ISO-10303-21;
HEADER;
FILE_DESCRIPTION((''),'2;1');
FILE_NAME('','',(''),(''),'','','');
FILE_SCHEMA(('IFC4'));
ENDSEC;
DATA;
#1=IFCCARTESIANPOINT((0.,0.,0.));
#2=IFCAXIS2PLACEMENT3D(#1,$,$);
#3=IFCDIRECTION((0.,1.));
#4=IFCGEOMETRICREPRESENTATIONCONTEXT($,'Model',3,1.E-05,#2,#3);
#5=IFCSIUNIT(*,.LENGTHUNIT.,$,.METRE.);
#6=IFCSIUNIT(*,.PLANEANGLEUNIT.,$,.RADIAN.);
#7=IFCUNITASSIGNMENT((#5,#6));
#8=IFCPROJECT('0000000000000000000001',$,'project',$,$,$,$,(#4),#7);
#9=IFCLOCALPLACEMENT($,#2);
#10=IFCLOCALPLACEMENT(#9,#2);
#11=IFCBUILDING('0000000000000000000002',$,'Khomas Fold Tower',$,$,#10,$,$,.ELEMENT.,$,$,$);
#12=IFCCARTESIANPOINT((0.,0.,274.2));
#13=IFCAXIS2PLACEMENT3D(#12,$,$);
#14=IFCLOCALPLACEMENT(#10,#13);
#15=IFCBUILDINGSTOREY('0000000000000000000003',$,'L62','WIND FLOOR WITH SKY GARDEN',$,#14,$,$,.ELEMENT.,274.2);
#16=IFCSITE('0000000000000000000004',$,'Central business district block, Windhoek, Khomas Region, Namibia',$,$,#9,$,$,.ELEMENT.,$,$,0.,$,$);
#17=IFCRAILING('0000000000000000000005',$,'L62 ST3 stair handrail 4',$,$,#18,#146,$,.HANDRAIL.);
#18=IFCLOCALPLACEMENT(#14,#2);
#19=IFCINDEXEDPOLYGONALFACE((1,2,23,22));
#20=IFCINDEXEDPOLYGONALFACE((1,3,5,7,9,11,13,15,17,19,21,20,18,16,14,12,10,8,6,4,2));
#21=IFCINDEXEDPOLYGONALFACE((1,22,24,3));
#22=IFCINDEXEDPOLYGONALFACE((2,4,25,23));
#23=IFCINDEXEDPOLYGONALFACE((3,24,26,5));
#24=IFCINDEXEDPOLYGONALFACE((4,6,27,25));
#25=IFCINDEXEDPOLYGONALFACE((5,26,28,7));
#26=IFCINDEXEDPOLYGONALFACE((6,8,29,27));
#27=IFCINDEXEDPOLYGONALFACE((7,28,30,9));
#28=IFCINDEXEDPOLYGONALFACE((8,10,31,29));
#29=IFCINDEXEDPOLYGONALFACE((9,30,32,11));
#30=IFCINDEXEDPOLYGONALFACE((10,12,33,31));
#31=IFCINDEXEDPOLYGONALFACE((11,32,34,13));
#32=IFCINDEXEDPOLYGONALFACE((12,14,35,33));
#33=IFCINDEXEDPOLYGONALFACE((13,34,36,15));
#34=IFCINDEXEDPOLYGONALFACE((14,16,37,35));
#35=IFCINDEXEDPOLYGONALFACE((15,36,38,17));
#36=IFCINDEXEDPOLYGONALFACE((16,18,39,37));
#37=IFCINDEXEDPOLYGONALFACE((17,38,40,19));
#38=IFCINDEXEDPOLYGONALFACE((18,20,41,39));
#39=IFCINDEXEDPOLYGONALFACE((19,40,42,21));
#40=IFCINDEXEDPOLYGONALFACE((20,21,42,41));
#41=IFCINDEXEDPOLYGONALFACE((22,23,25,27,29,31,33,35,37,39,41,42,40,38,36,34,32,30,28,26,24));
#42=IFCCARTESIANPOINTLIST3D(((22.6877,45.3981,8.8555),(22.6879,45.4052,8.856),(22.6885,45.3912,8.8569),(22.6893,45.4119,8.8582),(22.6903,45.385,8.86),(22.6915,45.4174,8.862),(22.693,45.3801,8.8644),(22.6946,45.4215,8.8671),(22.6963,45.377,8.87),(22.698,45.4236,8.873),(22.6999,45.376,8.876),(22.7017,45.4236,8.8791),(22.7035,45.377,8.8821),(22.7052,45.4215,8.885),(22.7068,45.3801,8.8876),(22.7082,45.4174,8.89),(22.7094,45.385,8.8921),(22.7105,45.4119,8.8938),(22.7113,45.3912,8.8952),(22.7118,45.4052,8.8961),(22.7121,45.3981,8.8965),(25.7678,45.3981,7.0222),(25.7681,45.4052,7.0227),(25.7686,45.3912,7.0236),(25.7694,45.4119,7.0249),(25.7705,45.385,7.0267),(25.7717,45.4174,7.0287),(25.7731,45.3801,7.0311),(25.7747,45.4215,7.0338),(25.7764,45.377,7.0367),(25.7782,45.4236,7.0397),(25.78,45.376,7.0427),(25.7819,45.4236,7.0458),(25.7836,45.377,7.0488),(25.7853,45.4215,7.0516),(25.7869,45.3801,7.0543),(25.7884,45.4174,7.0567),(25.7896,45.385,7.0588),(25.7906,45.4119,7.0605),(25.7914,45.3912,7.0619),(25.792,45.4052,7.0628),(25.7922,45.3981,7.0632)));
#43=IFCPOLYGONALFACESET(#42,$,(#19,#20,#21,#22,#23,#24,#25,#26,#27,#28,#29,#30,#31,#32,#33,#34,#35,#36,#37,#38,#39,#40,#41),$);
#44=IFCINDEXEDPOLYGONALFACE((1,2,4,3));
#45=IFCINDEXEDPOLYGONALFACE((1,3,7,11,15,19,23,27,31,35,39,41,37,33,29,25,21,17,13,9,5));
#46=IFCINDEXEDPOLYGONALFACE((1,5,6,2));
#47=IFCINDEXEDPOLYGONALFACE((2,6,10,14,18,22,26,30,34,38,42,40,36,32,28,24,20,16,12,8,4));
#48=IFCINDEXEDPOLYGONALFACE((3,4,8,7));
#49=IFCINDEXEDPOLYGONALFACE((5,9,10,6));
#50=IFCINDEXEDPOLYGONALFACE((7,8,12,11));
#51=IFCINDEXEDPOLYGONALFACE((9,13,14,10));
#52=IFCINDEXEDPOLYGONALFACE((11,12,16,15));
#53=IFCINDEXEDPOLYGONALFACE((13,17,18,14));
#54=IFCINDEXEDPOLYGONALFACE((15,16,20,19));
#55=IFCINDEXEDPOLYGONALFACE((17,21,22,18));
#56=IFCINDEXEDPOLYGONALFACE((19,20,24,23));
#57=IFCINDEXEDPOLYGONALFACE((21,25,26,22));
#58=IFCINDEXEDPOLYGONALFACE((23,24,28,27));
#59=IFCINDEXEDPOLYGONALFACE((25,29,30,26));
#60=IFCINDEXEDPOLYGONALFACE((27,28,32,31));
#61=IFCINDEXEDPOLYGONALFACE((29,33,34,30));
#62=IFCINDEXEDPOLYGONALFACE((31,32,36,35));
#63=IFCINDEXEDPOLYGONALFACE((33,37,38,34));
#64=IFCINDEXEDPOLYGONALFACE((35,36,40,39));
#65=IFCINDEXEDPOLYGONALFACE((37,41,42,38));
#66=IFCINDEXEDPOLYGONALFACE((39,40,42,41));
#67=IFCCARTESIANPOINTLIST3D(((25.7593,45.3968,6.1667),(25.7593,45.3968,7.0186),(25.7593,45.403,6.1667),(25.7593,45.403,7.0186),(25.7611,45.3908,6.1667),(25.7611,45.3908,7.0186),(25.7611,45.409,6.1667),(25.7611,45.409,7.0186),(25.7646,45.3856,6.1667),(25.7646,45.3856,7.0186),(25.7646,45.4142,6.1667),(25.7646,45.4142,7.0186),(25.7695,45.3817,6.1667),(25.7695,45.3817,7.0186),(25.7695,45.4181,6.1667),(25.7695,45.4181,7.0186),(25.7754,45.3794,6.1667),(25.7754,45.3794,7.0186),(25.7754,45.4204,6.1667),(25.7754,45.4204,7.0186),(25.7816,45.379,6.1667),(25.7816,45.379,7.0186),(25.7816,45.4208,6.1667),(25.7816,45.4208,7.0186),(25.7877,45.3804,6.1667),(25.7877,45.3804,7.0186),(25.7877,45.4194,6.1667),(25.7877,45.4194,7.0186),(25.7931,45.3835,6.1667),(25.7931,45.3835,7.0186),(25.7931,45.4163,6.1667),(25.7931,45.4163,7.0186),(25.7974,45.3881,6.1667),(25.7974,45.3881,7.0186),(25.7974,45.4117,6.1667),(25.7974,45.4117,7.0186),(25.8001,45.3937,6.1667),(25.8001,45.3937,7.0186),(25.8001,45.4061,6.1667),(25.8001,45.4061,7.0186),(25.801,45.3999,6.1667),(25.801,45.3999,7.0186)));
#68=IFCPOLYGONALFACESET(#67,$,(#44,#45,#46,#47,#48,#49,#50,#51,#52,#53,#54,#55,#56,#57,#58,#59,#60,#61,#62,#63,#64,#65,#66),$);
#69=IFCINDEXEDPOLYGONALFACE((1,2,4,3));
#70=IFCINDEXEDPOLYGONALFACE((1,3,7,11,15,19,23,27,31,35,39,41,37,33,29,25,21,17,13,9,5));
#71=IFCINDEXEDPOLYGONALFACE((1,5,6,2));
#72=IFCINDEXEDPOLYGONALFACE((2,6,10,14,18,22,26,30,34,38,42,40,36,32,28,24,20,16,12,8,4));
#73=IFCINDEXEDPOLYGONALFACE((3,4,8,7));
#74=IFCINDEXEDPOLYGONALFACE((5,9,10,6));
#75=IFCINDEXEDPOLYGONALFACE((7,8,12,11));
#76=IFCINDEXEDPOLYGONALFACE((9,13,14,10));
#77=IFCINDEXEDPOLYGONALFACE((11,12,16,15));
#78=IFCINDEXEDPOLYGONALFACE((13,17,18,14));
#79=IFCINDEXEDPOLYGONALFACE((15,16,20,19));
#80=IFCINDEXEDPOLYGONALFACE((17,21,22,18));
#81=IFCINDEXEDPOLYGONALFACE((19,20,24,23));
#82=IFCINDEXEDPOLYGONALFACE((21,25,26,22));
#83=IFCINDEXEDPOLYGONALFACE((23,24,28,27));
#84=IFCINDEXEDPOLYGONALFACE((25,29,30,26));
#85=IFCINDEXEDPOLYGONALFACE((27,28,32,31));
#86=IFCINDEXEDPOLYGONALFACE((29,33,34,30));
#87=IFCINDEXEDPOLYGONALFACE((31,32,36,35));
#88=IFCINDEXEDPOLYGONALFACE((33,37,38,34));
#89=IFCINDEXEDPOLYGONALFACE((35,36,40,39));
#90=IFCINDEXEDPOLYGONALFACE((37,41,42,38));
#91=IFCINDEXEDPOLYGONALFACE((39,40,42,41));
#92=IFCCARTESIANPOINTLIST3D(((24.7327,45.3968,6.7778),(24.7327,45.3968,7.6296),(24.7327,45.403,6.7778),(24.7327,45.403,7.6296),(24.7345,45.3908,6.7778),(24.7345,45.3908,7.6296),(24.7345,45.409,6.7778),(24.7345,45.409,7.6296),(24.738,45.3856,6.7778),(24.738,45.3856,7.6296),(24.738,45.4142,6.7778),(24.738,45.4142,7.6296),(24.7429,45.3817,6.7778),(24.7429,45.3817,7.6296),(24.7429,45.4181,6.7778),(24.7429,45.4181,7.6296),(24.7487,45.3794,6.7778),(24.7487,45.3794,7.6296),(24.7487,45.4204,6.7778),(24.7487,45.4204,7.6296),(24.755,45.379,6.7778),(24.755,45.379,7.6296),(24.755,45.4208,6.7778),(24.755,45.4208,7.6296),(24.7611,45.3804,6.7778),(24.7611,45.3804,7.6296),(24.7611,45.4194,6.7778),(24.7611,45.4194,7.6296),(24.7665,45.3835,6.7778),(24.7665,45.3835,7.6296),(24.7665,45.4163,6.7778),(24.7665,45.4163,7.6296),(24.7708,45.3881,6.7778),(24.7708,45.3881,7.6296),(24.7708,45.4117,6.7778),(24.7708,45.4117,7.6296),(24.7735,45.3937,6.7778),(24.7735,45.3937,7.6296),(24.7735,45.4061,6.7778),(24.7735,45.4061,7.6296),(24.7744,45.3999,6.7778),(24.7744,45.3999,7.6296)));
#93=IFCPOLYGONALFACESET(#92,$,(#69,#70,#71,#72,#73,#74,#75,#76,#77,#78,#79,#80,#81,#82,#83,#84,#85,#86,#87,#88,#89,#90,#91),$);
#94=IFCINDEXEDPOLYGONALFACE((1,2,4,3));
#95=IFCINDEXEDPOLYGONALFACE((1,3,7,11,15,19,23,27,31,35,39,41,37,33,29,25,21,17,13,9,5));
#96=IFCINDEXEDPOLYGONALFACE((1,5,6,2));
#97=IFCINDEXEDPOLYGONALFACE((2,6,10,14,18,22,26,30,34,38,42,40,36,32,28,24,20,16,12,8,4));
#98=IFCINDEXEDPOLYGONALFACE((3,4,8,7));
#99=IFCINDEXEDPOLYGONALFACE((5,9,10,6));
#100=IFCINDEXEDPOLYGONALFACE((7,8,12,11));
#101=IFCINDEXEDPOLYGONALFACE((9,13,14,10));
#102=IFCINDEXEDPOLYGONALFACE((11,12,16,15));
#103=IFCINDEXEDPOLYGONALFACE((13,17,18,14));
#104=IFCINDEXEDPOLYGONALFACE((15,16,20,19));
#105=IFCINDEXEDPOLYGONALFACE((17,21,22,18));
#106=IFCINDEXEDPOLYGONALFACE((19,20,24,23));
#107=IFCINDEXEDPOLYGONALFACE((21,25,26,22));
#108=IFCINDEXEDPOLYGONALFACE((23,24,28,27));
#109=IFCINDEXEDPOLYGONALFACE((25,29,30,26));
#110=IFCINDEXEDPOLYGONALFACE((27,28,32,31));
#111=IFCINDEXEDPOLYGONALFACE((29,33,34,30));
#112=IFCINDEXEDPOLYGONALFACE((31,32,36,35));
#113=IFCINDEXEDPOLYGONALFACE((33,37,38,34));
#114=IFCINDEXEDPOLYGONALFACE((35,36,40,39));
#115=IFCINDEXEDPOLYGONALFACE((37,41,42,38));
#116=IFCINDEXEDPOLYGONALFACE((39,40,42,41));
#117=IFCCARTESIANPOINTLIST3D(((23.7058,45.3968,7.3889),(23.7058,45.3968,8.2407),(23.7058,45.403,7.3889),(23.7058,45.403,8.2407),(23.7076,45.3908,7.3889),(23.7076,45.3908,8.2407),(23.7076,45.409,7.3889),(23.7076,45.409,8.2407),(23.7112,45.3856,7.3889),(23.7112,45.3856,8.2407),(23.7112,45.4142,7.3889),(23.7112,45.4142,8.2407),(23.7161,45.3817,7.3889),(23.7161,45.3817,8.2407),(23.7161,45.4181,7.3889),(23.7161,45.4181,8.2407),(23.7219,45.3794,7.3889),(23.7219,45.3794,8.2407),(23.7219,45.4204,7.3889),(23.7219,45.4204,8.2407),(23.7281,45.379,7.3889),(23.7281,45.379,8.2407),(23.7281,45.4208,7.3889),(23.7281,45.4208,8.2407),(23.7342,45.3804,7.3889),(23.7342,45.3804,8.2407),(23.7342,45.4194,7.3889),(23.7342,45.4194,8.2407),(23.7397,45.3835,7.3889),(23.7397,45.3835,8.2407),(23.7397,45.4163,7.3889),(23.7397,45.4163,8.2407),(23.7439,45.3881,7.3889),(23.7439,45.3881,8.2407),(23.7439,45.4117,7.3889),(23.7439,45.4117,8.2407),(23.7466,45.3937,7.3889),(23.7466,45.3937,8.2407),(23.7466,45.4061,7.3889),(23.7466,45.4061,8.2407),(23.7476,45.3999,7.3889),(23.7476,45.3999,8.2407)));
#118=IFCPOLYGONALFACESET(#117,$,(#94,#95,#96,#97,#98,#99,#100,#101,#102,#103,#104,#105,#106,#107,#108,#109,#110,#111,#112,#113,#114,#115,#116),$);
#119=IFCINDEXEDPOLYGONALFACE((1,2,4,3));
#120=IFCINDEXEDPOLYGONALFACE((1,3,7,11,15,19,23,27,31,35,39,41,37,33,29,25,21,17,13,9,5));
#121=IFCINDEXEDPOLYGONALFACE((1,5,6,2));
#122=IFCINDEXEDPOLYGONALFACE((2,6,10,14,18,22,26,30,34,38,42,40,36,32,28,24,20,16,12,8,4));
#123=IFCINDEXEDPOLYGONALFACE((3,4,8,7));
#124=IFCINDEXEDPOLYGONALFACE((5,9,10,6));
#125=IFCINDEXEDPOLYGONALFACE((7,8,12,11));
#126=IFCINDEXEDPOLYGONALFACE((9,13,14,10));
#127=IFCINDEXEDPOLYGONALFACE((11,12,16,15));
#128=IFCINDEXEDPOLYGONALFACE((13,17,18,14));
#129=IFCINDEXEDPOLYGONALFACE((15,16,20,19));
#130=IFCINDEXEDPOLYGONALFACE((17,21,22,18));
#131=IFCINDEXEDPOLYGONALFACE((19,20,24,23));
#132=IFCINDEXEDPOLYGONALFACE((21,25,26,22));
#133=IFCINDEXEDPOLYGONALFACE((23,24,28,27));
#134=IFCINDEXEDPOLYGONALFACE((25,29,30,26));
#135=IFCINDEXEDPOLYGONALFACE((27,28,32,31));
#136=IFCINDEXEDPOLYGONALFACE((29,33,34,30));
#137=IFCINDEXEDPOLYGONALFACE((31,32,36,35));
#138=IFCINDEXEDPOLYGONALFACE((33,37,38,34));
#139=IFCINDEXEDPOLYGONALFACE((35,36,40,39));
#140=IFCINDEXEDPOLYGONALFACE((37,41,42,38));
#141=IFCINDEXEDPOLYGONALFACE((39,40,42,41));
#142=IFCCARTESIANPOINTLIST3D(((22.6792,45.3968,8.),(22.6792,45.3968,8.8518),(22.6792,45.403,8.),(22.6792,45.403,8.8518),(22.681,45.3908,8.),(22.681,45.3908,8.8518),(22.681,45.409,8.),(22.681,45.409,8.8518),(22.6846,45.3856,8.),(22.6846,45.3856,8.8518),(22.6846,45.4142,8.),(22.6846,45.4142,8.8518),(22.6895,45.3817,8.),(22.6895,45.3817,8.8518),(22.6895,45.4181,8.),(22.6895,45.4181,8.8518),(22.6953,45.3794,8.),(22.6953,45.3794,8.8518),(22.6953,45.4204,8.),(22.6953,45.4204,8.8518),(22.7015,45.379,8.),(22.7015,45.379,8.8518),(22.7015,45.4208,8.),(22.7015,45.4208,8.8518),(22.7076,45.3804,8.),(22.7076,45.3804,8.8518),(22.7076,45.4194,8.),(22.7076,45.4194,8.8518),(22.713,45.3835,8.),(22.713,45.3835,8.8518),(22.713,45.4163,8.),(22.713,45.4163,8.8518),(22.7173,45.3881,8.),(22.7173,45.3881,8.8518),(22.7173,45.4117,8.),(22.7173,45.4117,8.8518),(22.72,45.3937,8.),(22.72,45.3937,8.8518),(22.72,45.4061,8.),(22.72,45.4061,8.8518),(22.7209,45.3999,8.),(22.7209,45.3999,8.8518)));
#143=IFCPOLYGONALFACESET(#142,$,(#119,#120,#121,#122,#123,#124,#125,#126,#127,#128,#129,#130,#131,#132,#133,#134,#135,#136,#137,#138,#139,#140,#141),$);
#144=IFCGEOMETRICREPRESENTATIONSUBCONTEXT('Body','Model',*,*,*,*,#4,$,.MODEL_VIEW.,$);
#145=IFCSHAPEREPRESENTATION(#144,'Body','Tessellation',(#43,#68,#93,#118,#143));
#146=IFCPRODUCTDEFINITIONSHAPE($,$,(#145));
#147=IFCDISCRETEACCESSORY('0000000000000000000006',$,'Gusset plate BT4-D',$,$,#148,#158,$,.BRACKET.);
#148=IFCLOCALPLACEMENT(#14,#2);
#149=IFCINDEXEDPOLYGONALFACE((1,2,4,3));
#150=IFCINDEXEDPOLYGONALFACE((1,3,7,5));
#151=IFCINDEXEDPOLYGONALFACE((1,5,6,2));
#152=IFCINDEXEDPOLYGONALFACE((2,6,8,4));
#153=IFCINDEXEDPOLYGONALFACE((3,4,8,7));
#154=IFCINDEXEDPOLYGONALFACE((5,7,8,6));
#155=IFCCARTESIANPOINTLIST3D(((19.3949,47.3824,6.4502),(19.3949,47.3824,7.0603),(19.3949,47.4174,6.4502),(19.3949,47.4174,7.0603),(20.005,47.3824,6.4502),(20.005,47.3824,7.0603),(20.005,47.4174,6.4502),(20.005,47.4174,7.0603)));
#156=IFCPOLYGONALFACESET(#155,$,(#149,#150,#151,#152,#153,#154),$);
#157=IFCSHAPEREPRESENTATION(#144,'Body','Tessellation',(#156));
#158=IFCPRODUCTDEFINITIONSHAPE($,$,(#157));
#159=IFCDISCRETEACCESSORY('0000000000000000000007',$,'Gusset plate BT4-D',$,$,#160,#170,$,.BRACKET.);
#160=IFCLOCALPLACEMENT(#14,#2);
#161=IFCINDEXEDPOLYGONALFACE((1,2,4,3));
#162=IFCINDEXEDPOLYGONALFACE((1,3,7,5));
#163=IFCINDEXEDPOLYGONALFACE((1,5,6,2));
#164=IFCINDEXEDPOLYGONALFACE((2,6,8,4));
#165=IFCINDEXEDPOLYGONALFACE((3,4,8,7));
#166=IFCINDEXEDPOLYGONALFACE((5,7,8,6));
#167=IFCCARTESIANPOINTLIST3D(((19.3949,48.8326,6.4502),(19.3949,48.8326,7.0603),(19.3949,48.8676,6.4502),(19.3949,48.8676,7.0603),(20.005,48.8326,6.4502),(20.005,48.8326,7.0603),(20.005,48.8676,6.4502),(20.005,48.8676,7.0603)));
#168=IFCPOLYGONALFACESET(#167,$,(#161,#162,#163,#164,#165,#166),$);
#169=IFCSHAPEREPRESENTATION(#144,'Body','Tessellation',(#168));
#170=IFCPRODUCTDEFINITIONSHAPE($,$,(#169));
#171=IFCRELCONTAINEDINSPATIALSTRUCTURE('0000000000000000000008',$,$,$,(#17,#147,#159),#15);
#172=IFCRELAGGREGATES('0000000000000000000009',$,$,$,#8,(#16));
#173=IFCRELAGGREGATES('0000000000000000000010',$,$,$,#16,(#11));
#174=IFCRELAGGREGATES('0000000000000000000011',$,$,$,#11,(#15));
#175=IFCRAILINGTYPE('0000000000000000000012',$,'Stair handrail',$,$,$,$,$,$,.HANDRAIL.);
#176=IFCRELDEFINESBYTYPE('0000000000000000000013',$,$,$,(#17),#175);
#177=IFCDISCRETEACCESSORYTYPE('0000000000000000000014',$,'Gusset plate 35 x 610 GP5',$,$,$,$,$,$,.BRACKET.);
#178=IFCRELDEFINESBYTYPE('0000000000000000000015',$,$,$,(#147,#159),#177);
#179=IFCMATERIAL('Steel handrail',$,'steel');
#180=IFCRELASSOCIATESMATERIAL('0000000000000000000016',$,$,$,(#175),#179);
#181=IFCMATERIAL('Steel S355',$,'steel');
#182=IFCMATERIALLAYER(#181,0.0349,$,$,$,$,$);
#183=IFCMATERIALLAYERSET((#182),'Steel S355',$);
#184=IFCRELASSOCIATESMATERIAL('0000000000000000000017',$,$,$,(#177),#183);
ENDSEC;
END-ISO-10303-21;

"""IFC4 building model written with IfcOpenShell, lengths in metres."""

from ifc_helpers import new_model, si_unit, direction, frame, origin, origin_2d, place, context, subcontext, project, spatial, rectangle, circle, extrude, source, transform, mapped, material, layer, layer_set, type_object, element, save


model = new_model("IFC4")

# Units and contexts
model_context = context("Model", 3, precision=1e-05, world=origin(), true_north=direction((0.0, 1.0)))
body_context = subcontext(model_context, "Body", "Model", "MODEL_VIEW")
ifc_project = project(units=[si_unit("LENGTHUNIT", "METRE"), si_unit("PLANEANGLEUNIT", "RADIAN")], contexts=[model_context])

# Site, building, storey
site_placement = place(None, origin())
site = spatial("IfcSite", under=ifc_project, at=site_placement, Name="Central business district block, Windhoek, Khomas Region, Namibia", CompositionType="ELEMENT", RefElevation=0.0)
building_placement = place(site_placement, origin())
building = spatial("IfcBuilding", under=site, at=building_placement, Name="Khomas Fold Tower", CompositionType="ELEMENT")
storey_placement = place(building_placement, frame((0.0, 0.0, 274.2)))
storey = spatial("IfcBuildingStorey", under=building, at=storey_placement, Name="L62", Description="WIND FLOOR WITH SKY GARDEN", CompositionType="ELEMENT", Elevation=274.2)

# Railing
ifc_material_1 = material(Name="Steel handrail", Category="steel")
railing_type_1 = type_object("IfcRailingType", Name="Stair handrail", PredefinedType="HANDRAIL", material=ifc_material_1)
shared_shape_1 = source(origin(), body_context, "Body", "SweptSolid", [
    extrude(circle(Radius=0.0239, at=origin_2d()), frame((0.0, 0.0, 0.876), z_axis=(-0.859309, 0.0, 0.511458), x_axis=(0.0, -1.0, 0.0)), (0.0, 0.0, 1.0), 3.5845),
    extrude(circle(Radius=0.021, at=origin_2d()), origin(), (0.0, 0.0, 1.0), 0.8518),
    extrude(circle(Radius=0.021, at=origin_2d()), frame((-1.0266, 0.0, 0.6111)), (0.0, 0.0, 1.0), 0.8518),
    extrude(circle(Radius=0.021, at=origin_2d()), frame((-2.0535, 0.0, 1.2222)), (0.0, 0.0, 1.0), 0.8518),
    extrude(circle(Radius=0.021, at=origin_2d()), frame((-3.0801, 0.0, 1.8333)), (0.0, 0.0, 1.0), 0.8518),
])
for number, where, name in (
    (1, (25.78, 45.3999, 6.1667), "L62 ST3 stair handrail 4"),
):
    element("IfcRailing", number, at=place(storey_placement, frame(where)), inside=storey, type_object=railing_type_1, Name=name, PredefinedType="HANDRAIL", context=body_context, shape_type="MappedRepresentation", body=[
        mapped(shared_shape_1, transform((0.0, 0.0, 0.0))),
    ])

# Discrete accessories
ifc_material_2 = material(Name="Steel S355", Category="steel")
ifc_layer_1 = layer(ifc_material_2, 0.0349)
ifc_layer_set_1 = layer_set([ifc_layer_1], Name="Steel S355")
discrete_accessory_type = type_object("IfcDiscreteAccessoryType", Name="Gusset plate 35 x 610 GP5", PredefinedType="BRACKET", material=ifc_layer_set_1)
shared_shape_2 = source(origin(), body_context, "Body", "SweptSolid", [
    extrude(rectangle(XDim=0.6101, YDim=0.0349, at=origin_2d()), origin(), (0.0, 0.0, 1.0), 0.6101),
])
for number, where, z_axis, x_axis, name in (
    (2, (19.7, 47.3999, 6.4502), (0.0, 0.0, 1.0), (1.0, 0.0, 0.0), "Gusset plate BT4-D"),
    (3, (19.7, 48.8501, 6.4502), (0.0, 0.0, 1.0), (1.0, 0.0, 0.0), "Gusset plate BT4-D"),
):
    element("IfcDiscreteAccessory", number, at=place(storey_placement, frame(where, z_axis=z_axis, x_axis=x_axis)), inside=storey, type_object=discrete_accessory_type, Name=name, PredefinedType="BRACKET", context=body_context, shape_type="MappedRepresentation", body=[
        mapped(shared_shape_2, transform((0.0, 0.0, 0.0))),
    ])

save(model, "model.ifc")
